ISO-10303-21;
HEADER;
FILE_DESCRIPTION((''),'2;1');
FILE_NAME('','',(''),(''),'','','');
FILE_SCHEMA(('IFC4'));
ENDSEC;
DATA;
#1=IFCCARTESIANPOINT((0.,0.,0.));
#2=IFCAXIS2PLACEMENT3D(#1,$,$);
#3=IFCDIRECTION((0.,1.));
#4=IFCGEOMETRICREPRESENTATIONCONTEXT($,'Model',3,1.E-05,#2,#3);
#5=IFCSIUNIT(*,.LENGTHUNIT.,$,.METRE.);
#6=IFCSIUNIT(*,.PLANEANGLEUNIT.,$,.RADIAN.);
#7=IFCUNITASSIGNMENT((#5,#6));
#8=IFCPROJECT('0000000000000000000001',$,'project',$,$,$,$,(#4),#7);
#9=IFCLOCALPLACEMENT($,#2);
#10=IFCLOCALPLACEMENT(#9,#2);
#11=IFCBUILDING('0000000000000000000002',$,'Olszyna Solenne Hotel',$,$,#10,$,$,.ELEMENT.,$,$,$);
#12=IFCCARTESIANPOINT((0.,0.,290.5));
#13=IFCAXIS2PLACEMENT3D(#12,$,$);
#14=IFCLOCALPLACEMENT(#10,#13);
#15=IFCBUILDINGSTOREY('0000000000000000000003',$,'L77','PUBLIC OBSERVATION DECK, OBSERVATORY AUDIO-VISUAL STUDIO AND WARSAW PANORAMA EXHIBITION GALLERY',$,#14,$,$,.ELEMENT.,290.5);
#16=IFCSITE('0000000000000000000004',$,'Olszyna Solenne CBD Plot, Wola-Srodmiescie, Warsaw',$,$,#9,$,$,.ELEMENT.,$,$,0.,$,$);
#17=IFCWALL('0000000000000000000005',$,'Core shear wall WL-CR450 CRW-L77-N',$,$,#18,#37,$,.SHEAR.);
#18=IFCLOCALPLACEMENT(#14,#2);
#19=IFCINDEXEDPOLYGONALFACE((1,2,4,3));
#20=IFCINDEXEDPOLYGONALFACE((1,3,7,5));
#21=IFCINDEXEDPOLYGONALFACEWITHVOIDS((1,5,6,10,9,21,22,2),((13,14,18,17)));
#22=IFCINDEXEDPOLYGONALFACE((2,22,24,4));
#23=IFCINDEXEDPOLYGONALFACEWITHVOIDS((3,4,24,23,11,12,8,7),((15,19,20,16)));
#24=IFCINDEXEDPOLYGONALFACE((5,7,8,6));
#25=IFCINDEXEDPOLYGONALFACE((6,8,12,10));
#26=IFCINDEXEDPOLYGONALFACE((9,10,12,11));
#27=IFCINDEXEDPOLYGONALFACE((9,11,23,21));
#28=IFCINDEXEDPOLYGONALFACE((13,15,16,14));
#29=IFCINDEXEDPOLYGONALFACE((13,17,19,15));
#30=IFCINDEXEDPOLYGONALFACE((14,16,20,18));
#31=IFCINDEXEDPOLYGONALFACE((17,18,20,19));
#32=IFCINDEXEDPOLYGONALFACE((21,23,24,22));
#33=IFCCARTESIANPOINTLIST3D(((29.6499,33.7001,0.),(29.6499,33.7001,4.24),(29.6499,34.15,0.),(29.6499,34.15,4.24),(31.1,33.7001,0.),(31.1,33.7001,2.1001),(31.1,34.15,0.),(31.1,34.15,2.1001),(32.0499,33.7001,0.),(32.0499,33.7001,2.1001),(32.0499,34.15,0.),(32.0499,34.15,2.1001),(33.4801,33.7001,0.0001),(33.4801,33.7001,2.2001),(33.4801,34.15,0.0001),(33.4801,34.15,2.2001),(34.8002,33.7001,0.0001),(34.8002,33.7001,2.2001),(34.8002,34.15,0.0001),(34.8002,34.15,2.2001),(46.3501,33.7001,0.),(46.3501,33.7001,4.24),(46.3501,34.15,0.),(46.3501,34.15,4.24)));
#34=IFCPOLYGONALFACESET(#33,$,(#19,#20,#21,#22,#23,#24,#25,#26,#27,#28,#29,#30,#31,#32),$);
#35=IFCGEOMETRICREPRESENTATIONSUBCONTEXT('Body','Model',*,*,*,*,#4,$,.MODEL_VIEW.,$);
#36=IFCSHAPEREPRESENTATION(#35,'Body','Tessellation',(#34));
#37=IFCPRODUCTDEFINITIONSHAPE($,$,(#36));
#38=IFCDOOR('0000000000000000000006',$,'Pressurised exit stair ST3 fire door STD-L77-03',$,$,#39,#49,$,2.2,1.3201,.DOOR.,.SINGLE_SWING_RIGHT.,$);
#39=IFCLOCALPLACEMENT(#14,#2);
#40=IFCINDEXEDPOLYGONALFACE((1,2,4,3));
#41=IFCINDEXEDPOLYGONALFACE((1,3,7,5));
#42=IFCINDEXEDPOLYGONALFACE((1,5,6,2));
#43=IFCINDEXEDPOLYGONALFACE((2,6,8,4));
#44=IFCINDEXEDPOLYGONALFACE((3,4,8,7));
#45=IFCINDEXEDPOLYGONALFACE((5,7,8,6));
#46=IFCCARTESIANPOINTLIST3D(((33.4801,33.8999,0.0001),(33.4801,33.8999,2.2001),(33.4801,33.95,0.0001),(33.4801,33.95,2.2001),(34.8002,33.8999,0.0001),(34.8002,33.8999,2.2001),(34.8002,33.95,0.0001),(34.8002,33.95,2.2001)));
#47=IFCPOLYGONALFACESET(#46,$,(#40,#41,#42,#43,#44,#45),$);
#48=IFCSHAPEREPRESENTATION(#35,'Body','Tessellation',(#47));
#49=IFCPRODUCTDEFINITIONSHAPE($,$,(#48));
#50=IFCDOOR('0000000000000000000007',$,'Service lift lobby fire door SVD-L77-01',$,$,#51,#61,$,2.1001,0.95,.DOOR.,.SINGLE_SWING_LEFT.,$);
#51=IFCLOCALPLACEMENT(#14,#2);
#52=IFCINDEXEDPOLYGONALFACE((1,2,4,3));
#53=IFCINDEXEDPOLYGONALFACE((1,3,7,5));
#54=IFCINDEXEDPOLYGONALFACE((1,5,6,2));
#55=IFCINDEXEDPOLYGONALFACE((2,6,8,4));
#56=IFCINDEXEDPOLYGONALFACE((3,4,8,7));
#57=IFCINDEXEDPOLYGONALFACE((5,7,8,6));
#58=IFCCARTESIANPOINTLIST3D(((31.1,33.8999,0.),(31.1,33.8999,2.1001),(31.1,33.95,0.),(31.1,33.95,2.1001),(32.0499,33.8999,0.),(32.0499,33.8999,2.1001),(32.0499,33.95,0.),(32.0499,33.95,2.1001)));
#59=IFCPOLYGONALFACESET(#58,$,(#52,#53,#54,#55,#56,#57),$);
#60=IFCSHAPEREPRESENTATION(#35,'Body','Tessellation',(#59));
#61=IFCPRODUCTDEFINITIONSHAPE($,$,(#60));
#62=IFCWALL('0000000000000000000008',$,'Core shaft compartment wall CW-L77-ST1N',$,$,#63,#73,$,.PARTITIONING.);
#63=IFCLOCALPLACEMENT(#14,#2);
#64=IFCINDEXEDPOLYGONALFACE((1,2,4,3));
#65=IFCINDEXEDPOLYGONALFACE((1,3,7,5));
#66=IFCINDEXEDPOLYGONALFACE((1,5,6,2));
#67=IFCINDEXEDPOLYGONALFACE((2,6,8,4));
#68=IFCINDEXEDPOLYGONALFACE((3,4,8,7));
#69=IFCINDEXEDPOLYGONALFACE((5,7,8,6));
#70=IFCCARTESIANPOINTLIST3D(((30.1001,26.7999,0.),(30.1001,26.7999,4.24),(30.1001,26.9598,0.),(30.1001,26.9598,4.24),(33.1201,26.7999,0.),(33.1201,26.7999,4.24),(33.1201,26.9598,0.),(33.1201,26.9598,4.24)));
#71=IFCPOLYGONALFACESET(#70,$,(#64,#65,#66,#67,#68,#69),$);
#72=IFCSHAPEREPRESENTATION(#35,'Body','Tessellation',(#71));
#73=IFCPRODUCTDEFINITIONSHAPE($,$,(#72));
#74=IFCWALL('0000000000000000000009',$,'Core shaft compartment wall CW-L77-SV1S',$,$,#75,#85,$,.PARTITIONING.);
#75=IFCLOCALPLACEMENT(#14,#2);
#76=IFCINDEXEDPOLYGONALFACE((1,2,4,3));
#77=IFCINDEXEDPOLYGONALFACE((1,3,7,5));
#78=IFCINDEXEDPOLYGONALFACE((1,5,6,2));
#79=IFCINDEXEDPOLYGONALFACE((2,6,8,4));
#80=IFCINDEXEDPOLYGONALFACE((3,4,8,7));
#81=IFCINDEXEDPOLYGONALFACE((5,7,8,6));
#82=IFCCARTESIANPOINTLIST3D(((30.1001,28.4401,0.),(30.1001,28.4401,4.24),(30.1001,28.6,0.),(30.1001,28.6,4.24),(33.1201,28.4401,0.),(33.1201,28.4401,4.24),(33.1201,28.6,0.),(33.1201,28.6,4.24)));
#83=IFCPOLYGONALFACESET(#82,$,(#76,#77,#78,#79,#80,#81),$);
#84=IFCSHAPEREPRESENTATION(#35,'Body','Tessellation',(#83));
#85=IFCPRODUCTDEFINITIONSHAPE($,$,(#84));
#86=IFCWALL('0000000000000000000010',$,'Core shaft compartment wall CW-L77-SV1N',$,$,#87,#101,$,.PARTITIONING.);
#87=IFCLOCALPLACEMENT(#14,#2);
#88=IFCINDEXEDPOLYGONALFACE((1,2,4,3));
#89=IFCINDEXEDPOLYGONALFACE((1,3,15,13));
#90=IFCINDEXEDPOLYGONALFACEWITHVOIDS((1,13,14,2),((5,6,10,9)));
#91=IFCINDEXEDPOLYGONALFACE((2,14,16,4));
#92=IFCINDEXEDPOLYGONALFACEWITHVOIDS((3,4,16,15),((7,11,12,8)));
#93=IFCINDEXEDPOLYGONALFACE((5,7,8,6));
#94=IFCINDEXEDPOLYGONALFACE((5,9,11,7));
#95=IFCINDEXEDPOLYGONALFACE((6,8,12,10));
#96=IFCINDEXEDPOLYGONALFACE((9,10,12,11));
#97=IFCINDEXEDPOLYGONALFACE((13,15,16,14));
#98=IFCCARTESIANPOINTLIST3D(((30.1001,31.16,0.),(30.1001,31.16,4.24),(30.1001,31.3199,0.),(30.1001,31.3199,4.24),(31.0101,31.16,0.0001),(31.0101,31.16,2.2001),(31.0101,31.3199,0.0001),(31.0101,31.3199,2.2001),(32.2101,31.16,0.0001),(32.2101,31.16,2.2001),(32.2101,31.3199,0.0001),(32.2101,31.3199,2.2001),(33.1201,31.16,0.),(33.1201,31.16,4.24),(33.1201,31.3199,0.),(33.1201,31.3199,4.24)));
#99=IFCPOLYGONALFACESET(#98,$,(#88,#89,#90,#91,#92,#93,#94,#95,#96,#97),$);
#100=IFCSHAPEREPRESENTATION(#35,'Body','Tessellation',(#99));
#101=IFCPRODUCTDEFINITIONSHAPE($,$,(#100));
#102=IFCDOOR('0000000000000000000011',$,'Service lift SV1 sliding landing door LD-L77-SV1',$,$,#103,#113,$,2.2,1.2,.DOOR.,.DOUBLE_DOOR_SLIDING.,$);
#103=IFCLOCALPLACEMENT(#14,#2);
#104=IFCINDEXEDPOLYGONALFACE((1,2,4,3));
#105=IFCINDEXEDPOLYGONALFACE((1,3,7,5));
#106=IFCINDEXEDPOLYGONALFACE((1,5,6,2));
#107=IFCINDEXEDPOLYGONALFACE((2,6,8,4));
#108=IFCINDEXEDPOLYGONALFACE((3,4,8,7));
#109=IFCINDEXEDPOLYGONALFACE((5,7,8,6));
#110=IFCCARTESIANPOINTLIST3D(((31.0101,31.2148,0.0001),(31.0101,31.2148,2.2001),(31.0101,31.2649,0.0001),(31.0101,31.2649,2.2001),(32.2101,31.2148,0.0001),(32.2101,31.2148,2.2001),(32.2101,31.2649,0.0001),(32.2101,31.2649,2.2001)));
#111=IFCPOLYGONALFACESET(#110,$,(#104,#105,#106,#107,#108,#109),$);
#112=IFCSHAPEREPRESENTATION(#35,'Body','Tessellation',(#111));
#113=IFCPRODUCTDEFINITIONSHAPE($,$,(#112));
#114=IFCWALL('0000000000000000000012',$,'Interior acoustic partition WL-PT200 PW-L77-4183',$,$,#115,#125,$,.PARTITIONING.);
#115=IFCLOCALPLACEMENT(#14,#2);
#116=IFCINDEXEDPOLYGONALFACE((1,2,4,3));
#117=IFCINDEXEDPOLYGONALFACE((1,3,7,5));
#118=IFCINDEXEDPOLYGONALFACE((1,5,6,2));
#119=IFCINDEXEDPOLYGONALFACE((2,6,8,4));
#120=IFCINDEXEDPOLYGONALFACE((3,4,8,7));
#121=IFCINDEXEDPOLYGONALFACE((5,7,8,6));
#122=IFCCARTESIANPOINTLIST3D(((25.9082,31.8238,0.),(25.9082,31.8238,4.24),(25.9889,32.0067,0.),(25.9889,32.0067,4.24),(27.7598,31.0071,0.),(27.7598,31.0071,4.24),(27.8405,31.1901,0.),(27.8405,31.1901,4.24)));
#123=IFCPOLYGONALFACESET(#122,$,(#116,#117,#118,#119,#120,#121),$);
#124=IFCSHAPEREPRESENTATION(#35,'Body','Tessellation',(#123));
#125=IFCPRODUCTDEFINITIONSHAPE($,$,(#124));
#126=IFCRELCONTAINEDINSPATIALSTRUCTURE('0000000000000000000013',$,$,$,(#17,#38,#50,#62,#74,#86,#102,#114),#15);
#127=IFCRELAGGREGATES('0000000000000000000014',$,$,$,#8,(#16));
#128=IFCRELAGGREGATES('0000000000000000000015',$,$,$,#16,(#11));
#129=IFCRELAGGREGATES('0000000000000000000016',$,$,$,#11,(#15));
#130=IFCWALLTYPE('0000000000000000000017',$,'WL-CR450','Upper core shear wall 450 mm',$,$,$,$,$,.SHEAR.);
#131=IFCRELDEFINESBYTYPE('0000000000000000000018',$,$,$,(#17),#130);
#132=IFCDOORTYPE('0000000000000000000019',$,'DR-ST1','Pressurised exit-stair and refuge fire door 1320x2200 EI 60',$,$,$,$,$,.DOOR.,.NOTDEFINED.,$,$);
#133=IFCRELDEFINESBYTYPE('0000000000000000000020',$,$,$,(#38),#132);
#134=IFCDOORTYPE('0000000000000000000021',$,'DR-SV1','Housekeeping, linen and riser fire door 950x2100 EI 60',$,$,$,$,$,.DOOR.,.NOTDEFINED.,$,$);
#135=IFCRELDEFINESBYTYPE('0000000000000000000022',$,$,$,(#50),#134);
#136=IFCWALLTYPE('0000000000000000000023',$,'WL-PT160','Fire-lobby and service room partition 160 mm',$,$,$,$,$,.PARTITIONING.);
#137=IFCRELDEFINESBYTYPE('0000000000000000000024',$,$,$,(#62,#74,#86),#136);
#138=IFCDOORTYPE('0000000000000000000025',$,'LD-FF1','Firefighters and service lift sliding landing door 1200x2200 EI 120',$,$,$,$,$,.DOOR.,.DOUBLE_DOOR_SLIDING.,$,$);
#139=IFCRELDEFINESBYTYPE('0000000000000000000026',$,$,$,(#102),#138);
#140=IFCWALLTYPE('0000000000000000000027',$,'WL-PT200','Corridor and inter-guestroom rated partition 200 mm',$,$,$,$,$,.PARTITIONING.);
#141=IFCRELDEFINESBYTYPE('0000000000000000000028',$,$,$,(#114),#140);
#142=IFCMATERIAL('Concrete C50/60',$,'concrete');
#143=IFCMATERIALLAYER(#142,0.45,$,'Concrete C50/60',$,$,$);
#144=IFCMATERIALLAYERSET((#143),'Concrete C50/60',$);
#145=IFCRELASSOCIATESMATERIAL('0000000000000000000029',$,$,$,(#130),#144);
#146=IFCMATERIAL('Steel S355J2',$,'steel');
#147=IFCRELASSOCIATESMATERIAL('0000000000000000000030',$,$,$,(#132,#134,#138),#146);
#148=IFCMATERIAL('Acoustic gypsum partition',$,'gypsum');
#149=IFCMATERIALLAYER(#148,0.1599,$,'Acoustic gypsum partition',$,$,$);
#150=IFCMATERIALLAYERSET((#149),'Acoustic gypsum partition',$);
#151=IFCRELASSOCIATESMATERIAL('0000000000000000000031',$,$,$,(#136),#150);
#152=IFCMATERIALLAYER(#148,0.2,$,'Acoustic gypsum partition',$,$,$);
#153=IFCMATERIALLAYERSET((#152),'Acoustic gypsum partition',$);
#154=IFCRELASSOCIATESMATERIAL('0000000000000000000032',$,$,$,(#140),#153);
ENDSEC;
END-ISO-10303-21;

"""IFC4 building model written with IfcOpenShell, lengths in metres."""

from ifc_helpers import new_model, si_unit, direction, frame, frame_2d, origin, place, context, subcontext, project, spatial, rectangle, extrude, source, transform, mapped, material, layer, layer_set, type_object, type_shapes, element, fill, save


model = new_model("IFC4")

# Units and contexts
model_context = context("Model", 3, precision=1e-05, world=origin(), true_north=direction((0.0, 1.0)))
body_context = subcontext(model_context, "Body", "Model", "MODEL_VIEW")
ifc_project = project(units=[si_unit("LENGTHUNIT", "METRE"), si_unit("PLANEANGLEUNIT", "RADIAN")], contexts=[model_context])

# Site, building, storey
site_placement = place(None, origin())
site = spatial("IfcSite", under=ifc_project, at=site_placement, Name="Olszyna Solenne CBD Plot, Wola-Srodmiescie, Warsaw", CompositionType="ELEMENT", RefElevation=0.0)
building_placement = place(site_placement, origin())
building = spatial("IfcBuilding", under=site, at=building_placement, Name="Olszyna Solenne Hotel", CompositionType="ELEMENT")
storey_placement = place(building_placement, frame((0.0, 0.0, 290.5)))
storey = spatial("IfcBuildingStorey", under=building, at=storey_placement, Name="L77", Description="PUBLIC OBSERVATION DECK, OBSERVATORY AUDIO-VISUAL STUDIO AND WARSAW PANORAMA EXHIBITION GALLERY", CompositionType="ELEMENT", Elevation=290.5)

# Shared definitions
ifc_material_1 = material(Name="Steel S355J2", Category="steel")

# Shared definitions
ifc_material_2 = material(Name="Concrete C50/60", Category="concrete")

# Wall, openings, doors
ifc_layer_1 = layer(ifc_material_2, 0.45, Name="Concrete C50/60")
ifc_layer_set_1 = layer_set([ifc_layer_1], Name="Concrete C50/60")
wall_type_1 = type_object("IfcWallType", Name="WL-CR450", Description="Upper core shear wall 450 mm", PredefinedType="SHEAR", material=ifc_layer_set_1)
wall_1_placement = place(storey_placement, frame((29.6499, 33.925, 0.0), z_axis=(0.0, 0.0, 1.0), x_axis=(1.0, 0.0, 0.0)))
wall_1 = element("IfcWall", 1, at=wall_1_placement, inside=storey, type_object=wall_type_1, Name="Core shear wall WL-CR450 CRW-L77-N", PredefinedType="SHEAR", context=body_context, shape_type="SweptSolid", body=[
    extrude(rectangle(XDim=16.7002, YDim=0.45, at=frame_2d((8.3501, 0.0))), origin(), (0.0, 0.0, 1.0), 4.24),
])
opening_1_placement = place(wall_1_placement, frame((1.45, 0.0, 0.0)))
opening_1 = element("IfcOpeningElement", 2, at=opening_1_placement, cuts=wall_1, PredefinedType="OPENING", context=body_context, shape_type="SweptSolid", body=[
    extrude(rectangle(XDim=0.95, YDim=2.1001, at=frame_2d((0.4751, 1.05))), frame((0.0, 0.2349, 0.0), z_axis=(0.0, -1.0, 0.0), x_axis=(1.0, 0.0, 0.0)), (0.0, 0.0, 1.0), 0.47),
])
opening_2_placement = place(wall_1_placement, frame((3.8301, 0.0, 0.0)))
opening_2 = element("IfcOpeningElement", 3, at=opening_2_placement, cuts=wall_1, PredefinedType="OPENING", context=body_context, shape_type="SweptSolid", body=[
    extrude(rectangle(XDim=1.3201, YDim=2.2, at=frame_2d((0.6602, 1.1001))), frame((0.0, 0.2349, 0.0), z_axis=(0.0, -1.0, 0.0), x_axis=(1.0, 0.0, 0.0)), (0.0, 0.0, 1.0), 0.47),
])
door_type_1 = type_object("IfcDoorType", Name="DR-ST1", Description="Pressurised exit-stair and refuge fire door 1320x2200 EI 60", OperationType="NOTDEFINED", PredefinedType="DOOR", material=ifc_material_1)
shared_shape_1 = source(origin(), body_context, "Body", "SweptSolid", [
    extrude(rectangle(XDim=1.3201, YDim=2.2, at=frame_2d((0.6602, 1.1001))), frame((0.0, 0.0249, 0.0), z_axis=(0.0, -1.0, 0.0), x_axis=(1.0, 0.0, 0.0)), (0.0, 0.0, 1.0), 0.05),
])
type_shapes(door_type_1, [shared_shape_1])
door_1_placement = place(opening_2_placement, origin())
door_1 = element("IfcDoor", 4, at=door_1_placement, inside=storey, type_object=door_type_1, Name="Pressurised exit stair ST3 fire door STD-L77-03", OperationType="SINGLE_SWING_RIGHT", OverallHeight=2.2, OverallWidth=1.3201, PredefinedType="DOOR", context=body_context, shape_type="MappedRepresentation", body=[
    mapped(shared_shape_1, transform((0.0, 0.0, 0.0), x_axis=(1.0, 0.0, 0.0), y_axis=(0.0, 1.0, 0.0), z_axis=(0.0, 0.0, 1.0), scale=1.0)),
])
fill(opening_2, door_1)
door_type_2 = type_object("IfcDoorType", Name="DR-SV1", Description="Housekeeping, linen and riser fire door 950x2100 EI 60", OperationType="NOTDEFINED", PredefinedType="DOOR", material=ifc_material_1)
shared_shape_2 = source(origin(), body_context, "Body", "SweptSolid", [
    extrude(rectangle(XDim=0.95, YDim=2.1001, at=frame_2d((0.4751, 1.05))), frame((0.0, 0.0249, 0.0), z_axis=(0.0, -1.0, 0.0), x_axis=(1.0, 0.0, 0.0)), (0.0, 0.0, 1.0), 0.05),
])
type_shapes(door_type_2, [shared_shape_2])
door_2_placement = place(opening_1_placement, origin())
door_2 = element("IfcDoor", 5, at=door_2_placement, inside=storey, type_object=door_type_2, Name="Service lift lobby fire door SVD-L77-01", OperationType="SINGLE_SWING_LEFT", OverallHeight=2.1001, OverallWidth=0.95, PredefinedType="DOOR", context=body_context, shape_type="MappedRepresentation", body=[
    mapped(shared_shape_2, transform((0.0, 0.0, 0.0), x_axis=(1.0, 0.0, 0.0), y_axis=(0.0, 1.0, 0.0), z_axis=(0.0, 0.0, 1.0), scale=1.0)),
])
fill(opening_1, door_2)

# Walls
ifc_material_3 = material(Name="Acoustic gypsum partition", Category="gypsum")
ifc_layer_2 = layer(ifc_material_3, 0.1599, Name="Acoustic gypsum partition")
ifc_layer_set_2 = layer_set([ifc_layer_2], Name="Acoustic gypsum partition")
wall_type_2 = type_object("IfcWallType", Name="WL-PT160", Description="Fire-lobby and service room partition 160 mm", PredefinedType="PARTITIONING", material=ifc_layer_set_2)
for number, where, z_axis, x_axis, name in (
    (6, (30.1001, 26.8799, 0.0), (0.0, 0.0, 1.0), (1.0, 0.0, 0.0), "Core shaft compartment wall CW-L77-ST1N"),
    (7, (30.1001, 28.52, 0.0), (0.0, 0.0, 1.0), (1.0, 0.0, 0.0), "Core shaft compartment wall CW-L77-SV1S"),
):
    element("IfcWall", number, at=place(storey_placement, frame(where, z_axis=z_axis, x_axis=x_axis)), inside=storey, type_object=wall_type_2, Name=name, PredefinedType="PARTITIONING", context=body_context, shape_type="SweptSolid", body=[
        extrude(rectangle(XDim=3.02, YDim=0.1599, at=frame_2d((1.51, 0.0))), origin(), (0.0, 0.0, 1.0), 4.24),
    ])

# Wall, opening, door
wall_2_placement = place(storey_placement, frame((30.1001, 31.24, 0.0), z_axis=(0.0, 0.0, 1.0), x_axis=(1.0, 0.0, 0.0)))
wall_2 = element("IfcWall", 8, at=wall_2_placement, inside=storey, type_object=wall_type_2, Name="Core shaft compartment wall CW-L77-SV1N", PredefinedType="PARTITIONING", context=body_context, shape_type="SweptSolid", body=[
    extrude(rectangle(XDim=3.02, YDim=0.1599, at=frame_2d((1.51, 0.0))), origin(), (0.0, 0.0, 1.0), 4.24),
])
opening_3_placement = place(wall_2_placement, frame((0.9099, 0.0, 0.0)))
opening_3 = element("IfcOpeningElement", 9, at=opening_3_placement, cuts=wall_2, PredefinedType="OPENING", context=body_context, shape_type="SweptSolid", body=[
    extrude(rectangle(XDim=1.2, YDim=2.2, at=frame_2d((0.6001, 1.1001))), frame((0.0, 0.0898, 0.0), z_axis=(0.0, -1.0, 0.0), x_axis=(1.0, 0.0, 0.0)), (0.0, 0.0, 1.0), 0.1799),
])
door_type_3 = type_object("IfcDoorType", Name="LD-FF1", Description="Firefighters and service lift sliding landing door 1200x2200 EI 120", OperationType="DOUBLE_DOOR_SLIDING", PredefinedType="DOOR", material=ifc_material_1)
shared_shape_3 = source(origin(), body_context, "Body", "SweptSolid", [
    extrude(rectangle(XDim=1.2, YDim=2.2, at=frame_2d((0.6001, 1.1001))), frame((0.0, 0.0249, 0.0), z_axis=(0.0, -1.0, 0.0), x_axis=(1.0, 0.0, 0.0)), (0.0, 0.0, 1.0), 0.05),
])
type_shapes(door_type_3, [shared_shape_3])
door_3_placement = place(opening_3_placement, origin())
door_3 = element("IfcDoor", 10, at=door_3_placement, inside=storey, type_object=door_type_3, Name="Service lift SV1 sliding landing door LD-L77-SV1", OperationType="DOUBLE_DOOR_SLIDING", OverallHeight=2.2, OverallWidth=1.2, PredefinedType="DOOR", context=body_context, shape_type="MappedRepresentation", body=[
    mapped(shared_shape_3, transform((0.0, 0.0, 0.0), x_axis=(1.0, 0.0, 0.0), y_axis=(0.0, 1.0, 0.0), z_axis=(0.0, 0.0, 1.0), scale=1.0)),
])
fill(opening_3, door_3)

# Wall
ifc_layer_3 = layer(ifc_material_3, 0.2, Name="Acoustic gypsum partition")
ifc_layer_set_3 = layer_set([ifc_layer_3], Name="Acoustic gypsum partition")
wall_type_3 = type_object("IfcWallType", Name="WL-PT200", Description="Corridor and inter-guestroom rated partition 200 mm", PredefinedType="PARTITIONING", material=ifc_layer_set_3)
wall_3_placement = place(storey_placement, frame((27.8, 31.0986, 0.0), z_axis=(0.0, 0.0, 1.0), x_axis=(-0.914957, 0.403551, 0.0)))
element("IfcWall", 11, at=wall_3_placement, inside=storey, type_object=wall_type_3, Name="Interior acoustic partition WL-PT200 PW-L77-4183", PredefinedType="PARTITIONING", context=body_context, shape_type="SweptSolid", body=[
    extrude(rectangle(XDim=2.0237, YDim=0.2, at=frame_2d((1.0117, 0.0))), origin(), (0.0, 0.0, 1.0), 4.24),
])

save(model, "model.ifc")
